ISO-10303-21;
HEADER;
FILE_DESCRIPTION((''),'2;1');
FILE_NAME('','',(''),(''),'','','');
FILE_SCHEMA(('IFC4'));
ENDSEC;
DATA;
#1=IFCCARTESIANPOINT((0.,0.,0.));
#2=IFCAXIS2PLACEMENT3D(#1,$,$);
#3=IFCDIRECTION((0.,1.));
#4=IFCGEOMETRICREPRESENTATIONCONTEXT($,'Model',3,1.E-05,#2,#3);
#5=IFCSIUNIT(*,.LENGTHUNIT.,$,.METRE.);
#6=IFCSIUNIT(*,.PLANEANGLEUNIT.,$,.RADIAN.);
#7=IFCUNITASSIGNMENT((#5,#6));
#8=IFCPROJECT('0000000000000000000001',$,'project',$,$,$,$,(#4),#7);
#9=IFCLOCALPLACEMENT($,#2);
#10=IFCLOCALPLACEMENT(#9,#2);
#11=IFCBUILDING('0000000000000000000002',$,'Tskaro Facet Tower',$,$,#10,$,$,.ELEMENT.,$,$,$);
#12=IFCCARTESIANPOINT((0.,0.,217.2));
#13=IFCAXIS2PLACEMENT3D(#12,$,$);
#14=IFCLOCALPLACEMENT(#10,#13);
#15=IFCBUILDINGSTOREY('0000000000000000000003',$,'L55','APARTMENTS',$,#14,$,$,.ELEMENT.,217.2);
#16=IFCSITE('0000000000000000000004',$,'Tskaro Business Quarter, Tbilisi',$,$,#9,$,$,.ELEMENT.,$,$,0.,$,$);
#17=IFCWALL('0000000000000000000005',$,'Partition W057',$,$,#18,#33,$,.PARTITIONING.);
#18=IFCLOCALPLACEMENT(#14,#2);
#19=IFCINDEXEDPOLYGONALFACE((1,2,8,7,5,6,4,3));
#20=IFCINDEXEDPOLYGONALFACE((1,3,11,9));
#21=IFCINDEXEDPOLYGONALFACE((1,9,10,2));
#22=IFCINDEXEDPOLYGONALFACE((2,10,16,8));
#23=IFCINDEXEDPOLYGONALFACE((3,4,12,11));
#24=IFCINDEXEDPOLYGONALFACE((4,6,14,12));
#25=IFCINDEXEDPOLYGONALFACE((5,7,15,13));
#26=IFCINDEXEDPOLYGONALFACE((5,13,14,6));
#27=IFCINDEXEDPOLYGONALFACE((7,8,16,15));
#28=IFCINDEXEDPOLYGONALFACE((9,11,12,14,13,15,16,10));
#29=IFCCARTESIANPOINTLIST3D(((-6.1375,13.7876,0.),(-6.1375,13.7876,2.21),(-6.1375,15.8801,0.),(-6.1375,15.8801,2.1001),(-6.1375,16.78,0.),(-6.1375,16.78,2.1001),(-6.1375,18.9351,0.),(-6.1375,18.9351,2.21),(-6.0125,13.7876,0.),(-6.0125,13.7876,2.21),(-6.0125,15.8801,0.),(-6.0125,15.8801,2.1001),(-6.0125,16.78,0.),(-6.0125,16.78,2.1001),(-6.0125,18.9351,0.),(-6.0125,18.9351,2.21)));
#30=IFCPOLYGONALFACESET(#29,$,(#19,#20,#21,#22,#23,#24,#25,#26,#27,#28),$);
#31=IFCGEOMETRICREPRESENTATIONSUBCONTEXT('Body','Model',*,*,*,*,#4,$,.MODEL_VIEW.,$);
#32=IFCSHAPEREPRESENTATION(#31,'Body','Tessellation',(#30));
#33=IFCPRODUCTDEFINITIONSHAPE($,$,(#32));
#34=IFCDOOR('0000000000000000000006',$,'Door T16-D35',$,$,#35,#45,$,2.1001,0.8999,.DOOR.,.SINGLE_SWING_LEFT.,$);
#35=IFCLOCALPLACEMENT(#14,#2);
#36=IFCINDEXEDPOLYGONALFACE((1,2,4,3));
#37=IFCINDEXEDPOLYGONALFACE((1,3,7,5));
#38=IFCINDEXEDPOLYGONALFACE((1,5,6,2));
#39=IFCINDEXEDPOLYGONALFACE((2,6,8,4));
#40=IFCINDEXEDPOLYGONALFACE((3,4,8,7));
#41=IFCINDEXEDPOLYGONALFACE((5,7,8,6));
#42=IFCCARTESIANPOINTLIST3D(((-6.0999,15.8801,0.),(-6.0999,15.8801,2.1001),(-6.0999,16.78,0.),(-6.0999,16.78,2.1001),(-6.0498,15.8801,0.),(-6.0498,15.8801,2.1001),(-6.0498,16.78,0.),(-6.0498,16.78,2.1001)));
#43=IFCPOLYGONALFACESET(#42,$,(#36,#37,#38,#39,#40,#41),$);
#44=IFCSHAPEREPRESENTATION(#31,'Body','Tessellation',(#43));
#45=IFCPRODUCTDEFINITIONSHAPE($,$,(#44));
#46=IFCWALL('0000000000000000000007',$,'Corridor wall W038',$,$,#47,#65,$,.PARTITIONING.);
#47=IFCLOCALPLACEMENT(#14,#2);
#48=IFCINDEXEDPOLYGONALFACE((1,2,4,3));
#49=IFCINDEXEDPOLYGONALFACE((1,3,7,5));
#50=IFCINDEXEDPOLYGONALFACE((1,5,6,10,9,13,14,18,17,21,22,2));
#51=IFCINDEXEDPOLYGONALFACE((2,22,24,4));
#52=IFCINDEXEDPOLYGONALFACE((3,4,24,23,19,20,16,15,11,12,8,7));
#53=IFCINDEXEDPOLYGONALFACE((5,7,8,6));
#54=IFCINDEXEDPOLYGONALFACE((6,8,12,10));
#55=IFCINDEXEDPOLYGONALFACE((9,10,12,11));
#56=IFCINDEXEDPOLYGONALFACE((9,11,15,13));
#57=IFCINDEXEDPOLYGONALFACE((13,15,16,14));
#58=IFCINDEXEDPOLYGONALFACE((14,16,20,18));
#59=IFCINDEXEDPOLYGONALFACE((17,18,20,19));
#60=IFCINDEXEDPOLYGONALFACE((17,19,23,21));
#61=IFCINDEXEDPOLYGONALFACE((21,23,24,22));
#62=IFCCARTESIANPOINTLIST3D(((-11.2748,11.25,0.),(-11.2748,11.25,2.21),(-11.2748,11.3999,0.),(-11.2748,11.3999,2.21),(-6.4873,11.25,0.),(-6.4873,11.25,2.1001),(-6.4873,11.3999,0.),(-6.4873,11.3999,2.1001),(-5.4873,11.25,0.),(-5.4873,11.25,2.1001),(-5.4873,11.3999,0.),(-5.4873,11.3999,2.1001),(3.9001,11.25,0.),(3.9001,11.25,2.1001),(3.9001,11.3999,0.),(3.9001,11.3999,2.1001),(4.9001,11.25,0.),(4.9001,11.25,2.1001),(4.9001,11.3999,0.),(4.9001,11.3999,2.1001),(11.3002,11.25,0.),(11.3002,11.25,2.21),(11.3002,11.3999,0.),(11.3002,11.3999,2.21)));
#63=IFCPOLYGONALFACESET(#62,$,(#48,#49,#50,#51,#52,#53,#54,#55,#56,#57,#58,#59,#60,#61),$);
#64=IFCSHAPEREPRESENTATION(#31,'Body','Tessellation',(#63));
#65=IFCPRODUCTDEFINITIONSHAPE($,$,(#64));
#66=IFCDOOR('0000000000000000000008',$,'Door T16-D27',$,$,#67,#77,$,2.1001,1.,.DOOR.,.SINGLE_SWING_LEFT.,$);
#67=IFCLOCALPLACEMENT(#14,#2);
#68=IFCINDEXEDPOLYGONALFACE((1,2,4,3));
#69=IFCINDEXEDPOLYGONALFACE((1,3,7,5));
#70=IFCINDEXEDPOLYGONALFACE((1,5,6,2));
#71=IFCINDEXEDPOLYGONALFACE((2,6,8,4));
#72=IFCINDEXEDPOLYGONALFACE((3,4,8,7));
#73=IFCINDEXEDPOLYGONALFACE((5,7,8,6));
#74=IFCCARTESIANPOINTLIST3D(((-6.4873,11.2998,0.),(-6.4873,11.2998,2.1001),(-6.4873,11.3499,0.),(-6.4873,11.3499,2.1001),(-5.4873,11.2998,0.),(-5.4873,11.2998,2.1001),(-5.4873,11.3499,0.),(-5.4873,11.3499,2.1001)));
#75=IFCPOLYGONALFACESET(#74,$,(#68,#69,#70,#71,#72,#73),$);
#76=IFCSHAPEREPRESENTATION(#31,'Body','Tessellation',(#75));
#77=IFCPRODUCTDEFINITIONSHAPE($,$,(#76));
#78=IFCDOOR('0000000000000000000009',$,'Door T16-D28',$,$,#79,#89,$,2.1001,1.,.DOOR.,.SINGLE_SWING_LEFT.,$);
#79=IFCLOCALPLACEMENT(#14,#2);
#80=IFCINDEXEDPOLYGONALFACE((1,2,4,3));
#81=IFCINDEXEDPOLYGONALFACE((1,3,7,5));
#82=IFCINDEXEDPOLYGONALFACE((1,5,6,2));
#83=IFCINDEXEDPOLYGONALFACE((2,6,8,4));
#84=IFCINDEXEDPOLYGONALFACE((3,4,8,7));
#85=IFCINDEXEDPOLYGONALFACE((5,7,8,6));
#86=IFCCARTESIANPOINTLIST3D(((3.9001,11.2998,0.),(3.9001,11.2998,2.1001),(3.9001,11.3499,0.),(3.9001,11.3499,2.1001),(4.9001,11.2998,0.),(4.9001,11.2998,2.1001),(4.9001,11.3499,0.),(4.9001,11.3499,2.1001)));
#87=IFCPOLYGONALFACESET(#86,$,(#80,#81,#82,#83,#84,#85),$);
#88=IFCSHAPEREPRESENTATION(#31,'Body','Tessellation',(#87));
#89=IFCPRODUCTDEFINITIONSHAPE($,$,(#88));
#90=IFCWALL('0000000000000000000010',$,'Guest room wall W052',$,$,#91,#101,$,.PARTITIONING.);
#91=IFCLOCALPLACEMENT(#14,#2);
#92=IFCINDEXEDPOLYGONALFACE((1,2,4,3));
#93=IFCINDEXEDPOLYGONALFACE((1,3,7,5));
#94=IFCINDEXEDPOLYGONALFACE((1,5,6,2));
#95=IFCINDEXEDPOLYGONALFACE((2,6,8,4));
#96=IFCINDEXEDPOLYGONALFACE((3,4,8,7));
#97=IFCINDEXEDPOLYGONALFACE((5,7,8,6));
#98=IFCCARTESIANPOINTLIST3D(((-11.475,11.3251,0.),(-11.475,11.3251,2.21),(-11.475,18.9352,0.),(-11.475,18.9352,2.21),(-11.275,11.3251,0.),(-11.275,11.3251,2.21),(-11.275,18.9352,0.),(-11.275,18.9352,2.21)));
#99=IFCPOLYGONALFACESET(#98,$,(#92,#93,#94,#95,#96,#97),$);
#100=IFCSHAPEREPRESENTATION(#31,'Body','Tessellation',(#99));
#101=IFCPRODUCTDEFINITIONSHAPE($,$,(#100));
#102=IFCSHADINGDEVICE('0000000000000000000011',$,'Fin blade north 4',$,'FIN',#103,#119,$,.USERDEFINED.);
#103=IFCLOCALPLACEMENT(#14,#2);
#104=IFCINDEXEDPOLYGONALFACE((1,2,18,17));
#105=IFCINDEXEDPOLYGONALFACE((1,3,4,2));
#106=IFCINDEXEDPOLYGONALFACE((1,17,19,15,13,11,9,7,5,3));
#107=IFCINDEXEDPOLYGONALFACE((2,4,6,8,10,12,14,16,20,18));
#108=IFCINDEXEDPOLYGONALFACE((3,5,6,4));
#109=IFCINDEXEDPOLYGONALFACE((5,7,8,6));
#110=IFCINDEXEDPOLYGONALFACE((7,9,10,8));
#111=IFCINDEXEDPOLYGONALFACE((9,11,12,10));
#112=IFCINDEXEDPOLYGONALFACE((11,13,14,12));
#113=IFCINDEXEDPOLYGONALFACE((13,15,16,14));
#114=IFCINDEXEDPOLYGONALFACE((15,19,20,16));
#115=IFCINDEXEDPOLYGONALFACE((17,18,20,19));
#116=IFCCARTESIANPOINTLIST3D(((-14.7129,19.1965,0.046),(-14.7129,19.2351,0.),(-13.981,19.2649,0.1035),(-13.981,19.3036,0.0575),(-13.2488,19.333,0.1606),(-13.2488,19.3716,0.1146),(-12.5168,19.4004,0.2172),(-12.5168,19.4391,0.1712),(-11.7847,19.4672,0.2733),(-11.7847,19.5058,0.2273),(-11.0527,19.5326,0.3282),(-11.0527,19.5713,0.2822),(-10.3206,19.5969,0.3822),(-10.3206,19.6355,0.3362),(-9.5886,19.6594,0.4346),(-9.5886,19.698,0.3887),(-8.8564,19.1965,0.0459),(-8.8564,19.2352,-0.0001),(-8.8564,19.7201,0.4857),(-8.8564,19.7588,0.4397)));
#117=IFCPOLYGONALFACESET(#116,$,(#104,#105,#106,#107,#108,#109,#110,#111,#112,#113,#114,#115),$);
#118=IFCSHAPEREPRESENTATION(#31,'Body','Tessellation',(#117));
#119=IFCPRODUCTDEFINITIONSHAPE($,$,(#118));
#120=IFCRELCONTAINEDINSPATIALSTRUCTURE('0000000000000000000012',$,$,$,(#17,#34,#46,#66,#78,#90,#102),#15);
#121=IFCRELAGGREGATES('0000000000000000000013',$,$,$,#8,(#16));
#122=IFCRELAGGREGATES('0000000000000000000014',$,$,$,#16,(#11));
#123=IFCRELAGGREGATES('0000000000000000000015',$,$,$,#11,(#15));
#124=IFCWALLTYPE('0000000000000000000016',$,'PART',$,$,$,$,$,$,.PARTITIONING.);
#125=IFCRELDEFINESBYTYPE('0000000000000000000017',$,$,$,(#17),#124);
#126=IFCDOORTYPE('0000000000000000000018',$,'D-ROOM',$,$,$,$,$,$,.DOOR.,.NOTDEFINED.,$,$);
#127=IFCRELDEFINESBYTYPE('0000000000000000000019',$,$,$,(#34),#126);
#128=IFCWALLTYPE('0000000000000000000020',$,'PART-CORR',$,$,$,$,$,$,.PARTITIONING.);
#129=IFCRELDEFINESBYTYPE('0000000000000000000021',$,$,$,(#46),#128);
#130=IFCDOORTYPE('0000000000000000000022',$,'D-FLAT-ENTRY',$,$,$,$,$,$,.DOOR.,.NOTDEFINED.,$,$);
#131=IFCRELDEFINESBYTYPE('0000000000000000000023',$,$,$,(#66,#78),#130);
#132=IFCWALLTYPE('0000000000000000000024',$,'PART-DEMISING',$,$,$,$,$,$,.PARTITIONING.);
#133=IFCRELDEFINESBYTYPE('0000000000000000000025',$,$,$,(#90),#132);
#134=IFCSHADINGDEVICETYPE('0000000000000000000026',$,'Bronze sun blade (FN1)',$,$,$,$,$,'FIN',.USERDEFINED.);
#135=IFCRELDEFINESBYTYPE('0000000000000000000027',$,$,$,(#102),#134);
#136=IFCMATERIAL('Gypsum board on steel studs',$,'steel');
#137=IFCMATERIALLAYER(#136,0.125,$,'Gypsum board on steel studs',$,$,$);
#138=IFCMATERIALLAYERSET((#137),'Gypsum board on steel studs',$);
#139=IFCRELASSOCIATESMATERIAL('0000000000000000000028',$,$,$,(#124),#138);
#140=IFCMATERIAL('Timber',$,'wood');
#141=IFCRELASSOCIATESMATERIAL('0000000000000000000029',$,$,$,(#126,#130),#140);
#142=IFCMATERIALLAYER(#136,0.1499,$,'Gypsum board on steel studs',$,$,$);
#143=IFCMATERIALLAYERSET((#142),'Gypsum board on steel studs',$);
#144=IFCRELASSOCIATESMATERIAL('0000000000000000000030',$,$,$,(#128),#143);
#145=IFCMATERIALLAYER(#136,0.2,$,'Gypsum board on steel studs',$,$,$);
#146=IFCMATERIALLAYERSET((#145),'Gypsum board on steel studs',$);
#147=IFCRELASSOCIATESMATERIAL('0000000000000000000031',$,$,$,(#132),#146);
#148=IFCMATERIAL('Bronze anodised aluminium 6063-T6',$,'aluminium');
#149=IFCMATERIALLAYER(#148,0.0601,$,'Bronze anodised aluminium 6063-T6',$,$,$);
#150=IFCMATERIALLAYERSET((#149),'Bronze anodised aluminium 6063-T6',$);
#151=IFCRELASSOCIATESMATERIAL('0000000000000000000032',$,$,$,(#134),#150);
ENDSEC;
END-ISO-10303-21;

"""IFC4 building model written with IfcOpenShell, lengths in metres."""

from ifc_helpers import new_model, si_unit, direction, frame, frame_2d, origin, place, context, subcontext, project, spatial, polyline, rectangle, outline, extrude, material, layer, layer_set, type_object, element, fill, save


model = new_model("IFC4")

# Units and contexts
model_context = context("Model", 3, precision=1e-05, world=origin(), true_north=direction((0.0, 1.0)))
body_context = subcontext(model_context, "Body", "Model", "MODEL_VIEW")
ifc_project = project(units=[si_unit("LENGTHUNIT", "METRE"), si_unit("PLANEANGLEUNIT", "RADIAN")], contexts=[model_context])

# Site, building, storey
site_placement = place(None, origin())
site = spatial("IfcSite", under=ifc_project, at=site_placement, Name="Tskaro Business Quarter, Tbilisi", CompositionType="ELEMENT", RefElevation=0.0)
building_placement = place(site_placement, origin())
building = spatial("IfcBuilding", under=site, at=building_placement, Name="Tskaro Facet Tower", CompositionType="ELEMENT")
storey_placement = place(building_placement, frame((0.0, 0.0, 217.2)))
storey = spatial("IfcBuildingStorey", under=building, at=storey_placement, Name="L55", Description="APARTMENTS", CompositionType="ELEMENT", Elevation=217.2)

# Shared definitions
ifc_material_1 = material(Name="Bronze anodised aluminium 6063-T6", Category="aluminium")

# Shared definitions
ifc_material_2 = material(Name="Gypsum board on steel studs", Category="steel")
ifc_layer_1 = layer(ifc_material_2, 0.125, Name="Gypsum board on steel studs")
ifc_layer_set_1 = layer_set([ifc_layer_1], Name="Gypsum board on steel studs")
wall_type_1 = type_object("IfcWallType", Name="PART", PredefinedType="PARTITIONING", material=ifc_layer_set_1)

# Wall, opening, door
ifc_material_3 = material(Name="Timber", Category="wood")
door_type_1 = type_object("IfcDoorType", Name="D-ROOM", OperationType="NOTDEFINED", PredefinedType="DOOR", material=ifc_material_3)
wall_1_placement = place(storey_placement, frame((-6.075, 13.7876, 0.0), z_axis=(0.0, 0.0, 1.0), x_axis=(0.0, 1.0, 0.0)))
wall_1 = element("IfcWall", 1, at=wall_1_placement, inside=storey, type_object=wall_type_1, Name="Partition W057", PredefinedType="PARTITIONING", context=body_context, shape_type="SweptSolid", body=[
    extrude(rectangle(XDim=5.1475, YDim=0.125, at=frame_2d((2.5737, 0.0))), origin(), (0.0, 0.0, 1.0), 2.21),
])
opening_1_placement = place(wall_1_placement, frame((2.0925, 0.0, 0.0)))
opening_1 = element("IfcOpeningElement", 2, at=opening_1_placement, cuts=wall_1, PredefinedType="OPENING", context=body_context, shape_type="SweptSolid", body=[
    extrude(rectangle(XDim=0.8999, YDim=2.1001, at=frame_2d((0.45, 1.05))), frame((0.0, 0.0725, 0.0), z_axis=(0.0, -1.0, 0.0), x_axis=(1.0, 0.0, 0.0)), (0.0, 0.0, 1.0), 0.145),
])
door_1_placement = place(opening_1_placement, origin())
door_1 = element("IfcDoor", 3, at=door_1_placement, inside=storey, type_object=door_type_1, Name="Door T16-D35", OperationType="SINGLE_SWING_LEFT", OverallHeight=2.1001, OverallWidth=0.8999, PredefinedType="DOOR", context=body_context, shape_type="SweptSolid", body=[
    extrude(rectangle(XDim=0.8999, YDim=2.1001, at=frame_2d((0.45, 1.05))), frame((0.0, 0.0249, 0.0), z_axis=(0.0, -1.0, 0.0), x_axis=(1.0, 0.0, 0.0)), (0.0, 0.0, 1.0), 0.05),
])
fill(opening_1, door_1)

# Wall, openings, doors
ifc_layer_2 = layer(ifc_material_2, 0.1499, Name="Gypsum board on steel studs")
ifc_layer_set_2 = layer_set([ifc_layer_2], Name="Gypsum board on steel studs")
wall_type_2 = type_object("IfcWallType", Name="PART-CORR", PredefinedType="PARTITIONING", material=ifc_layer_set_2)
wall_2_placement = place(storey_placement, frame((-11.2749, 11.325, 0.0), z_axis=(0.0, 0.0, 1.0), x_axis=(1.0, 0.0, 0.0)))
wall_2 = element("IfcWall", 4, at=wall_2_placement, inside=storey, type_object=wall_type_2, Name="Corridor wall W038", PredefinedType="PARTITIONING", context=body_context, shape_type="SweptSolid", body=[
    extrude(rectangle(XDim=22.575, YDim=0.1499, at=frame_2d((11.2876, 0.0))), origin(), (0.0, 0.0, 1.0), 2.21),
])
opening_2_placement = place(wall_2_placement, frame((4.7876, 0.0, 0.0)))
opening_2 = element("IfcOpeningElement", 5, at=opening_2_placement, cuts=wall_2, PredefinedType="OPENING", context=body_context, shape_type="SweptSolid", body=[
    extrude(rectangle(XDim=1.0, YDim=2.1001, at=frame_2d((0.5, 1.05))), frame((0.0, 0.085, 0.0), z_axis=(0.0, -1.0, 0.0), x_axis=(1.0, 0.0, 0.0)), (0.0, 0.0, 1.0), 0.1699),
])
opening_3_placement = place(wall_2_placement, frame((15.175, 0.0, 0.0)))
opening_3 = element("IfcOpeningElement", 6, at=opening_3_placement, cuts=wall_2, PredefinedType="OPENING", context=body_context, shape_type="SweptSolid", body=[
    extrude(rectangle(XDim=1.0, YDim=2.1001, at=frame_2d((0.5, 1.05))), frame((0.0, 0.085, 0.0), z_axis=(0.0, -1.0, 0.0), x_axis=(1.0, 0.0, 0.0)), (0.0, 0.0, 1.0), 0.1699),
])
door_type_2 = type_object("IfcDoorType", Name="D-FLAT-ENTRY", OperationType="NOTDEFINED", PredefinedType="DOOR", material=ifc_material_3)
door_2_placement = place(opening_2_placement, origin())
door_2 = element("IfcDoor", 7, at=door_2_placement, inside=storey, type_object=door_type_2, Name="Door T16-D27", OperationType="SINGLE_SWING_LEFT", OverallHeight=2.1001, OverallWidth=1.0, PredefinedType="DOOR", context=body_context, shape_type="SweptSolid", body=[
    extrude(rectangle(XDim=1.0, YDim=2.1001, at=frame_2d((0.5, 1.05))), frame((0.0, 0.0249, 0.0), z_axis=(0.0, -1.0, 0.0), x_axis=(1.0, 0.0, 0.0)), (0.0, 0.0, 1.0), 0.05),
])
fill(opening_2, door_2)
door_3_placement = place(opening_3_placement, origin())
door_3 = element("IfcDoor", 8, at=door_3_placement, inside=storey, type_object=door_type_2, Name="Door T16-D28", OperationType="SINGLE_SWING_LEFT", OverallHeight=2.1001, OverallWidth=1.0, PredefinedType="DOOR", context=body_context, shape_type="SweptSolid", body=[
    extrude(rectangle(XDim=1.0, YDim=2.1001, at=frame_2d((0.5, 1.05))), frame((0.0, 0.0249, 0.0), z_axis=(0.0, -1.0, 0.0), x_axis=(1.0, 0.0, 0.0)), (0.0, 0.0, 1.0), 0.05),
])
fill(opening_3, door_3)

# Wall
ifc_layer_3 = layer(ifc_material_2, 0.2, Name="Gypsum board on steel studs")
ifc_layer_set_3 = layer_set([ifc_layer_3], Name="Gypsum board on steel studs")
wall_type_3 = type_object("IfcWallType", Name="PART-DEMISING", PredefinedType="PARTITIONING", material=ifc_layer_set_3)
wall_3_placement = place(storey_placement, frame((-11.375, 11.325, 0.0), z_axis=(0.0, 0.0, 1.0), x_axis=(0.0, 1.0, 0.0)))
element("IfcWall", 9, at=wall_3_placement, inside=storey, type_object=wall_type_3, Name="Guest room wall W052", PredefinedType="PARTITIONING", context=body_context, shape_type="SweptSolid", body=[
    extrude(rectangle(XDim=7.6101, YDim=0.2, at=frame_2d((3.8052, 0.0))), origin(), (0.0, 0.0, 1.0), 2.21),
])

# Shading device
ifc_layer_4 = layer(ifc_material_1, 0.0601, Name="Bronze anodised aluminium 6063-T6")
ifc_layer_set_4 = layer_set([ifc_layer_4], Name="Bronze anodised aluminium 6063-T6")
shading_device_type = type_object("IfcShadingDeviceType", Name="Bronze sun blade (FN1)", ElementType="FIN", PredefinedType="USERDEFINED", material=ifc_layer_set_4)
shading_device_placement = place(storey_placement, frame((-8.8564, 19.1965, 0.0459), z_axis=(0.000018, -0.643139, 0.76575), x_axis=(-1.0, -0.000012, 0.000014)))
element("IfcShadingDevice", 10, at=shading_device_placement, inside=storey, type_object=shading_device_type, Name="Fin blade north 4", ObjectType="FIN", PredefinedType="USERDEFINED", context=body_context, shape_type="SweptSolid", body=[
    extrude(outline(polyline([(0.0, 0.0), (5.8564, 0.0), (5.1245, -0.0894), (4.3923, -0.1783), (3.6604, -0.2663), (2.9282, -0.3535), (2.1963, -0.4389), (1.4641, -0.5228), (0.7322, -0.6044), (0.0, -0.6838), (0.0, 0.0)])), origin(), (0.0, 0.0, -1.0), 0.0601),
])

save(model, "model.ifc")
